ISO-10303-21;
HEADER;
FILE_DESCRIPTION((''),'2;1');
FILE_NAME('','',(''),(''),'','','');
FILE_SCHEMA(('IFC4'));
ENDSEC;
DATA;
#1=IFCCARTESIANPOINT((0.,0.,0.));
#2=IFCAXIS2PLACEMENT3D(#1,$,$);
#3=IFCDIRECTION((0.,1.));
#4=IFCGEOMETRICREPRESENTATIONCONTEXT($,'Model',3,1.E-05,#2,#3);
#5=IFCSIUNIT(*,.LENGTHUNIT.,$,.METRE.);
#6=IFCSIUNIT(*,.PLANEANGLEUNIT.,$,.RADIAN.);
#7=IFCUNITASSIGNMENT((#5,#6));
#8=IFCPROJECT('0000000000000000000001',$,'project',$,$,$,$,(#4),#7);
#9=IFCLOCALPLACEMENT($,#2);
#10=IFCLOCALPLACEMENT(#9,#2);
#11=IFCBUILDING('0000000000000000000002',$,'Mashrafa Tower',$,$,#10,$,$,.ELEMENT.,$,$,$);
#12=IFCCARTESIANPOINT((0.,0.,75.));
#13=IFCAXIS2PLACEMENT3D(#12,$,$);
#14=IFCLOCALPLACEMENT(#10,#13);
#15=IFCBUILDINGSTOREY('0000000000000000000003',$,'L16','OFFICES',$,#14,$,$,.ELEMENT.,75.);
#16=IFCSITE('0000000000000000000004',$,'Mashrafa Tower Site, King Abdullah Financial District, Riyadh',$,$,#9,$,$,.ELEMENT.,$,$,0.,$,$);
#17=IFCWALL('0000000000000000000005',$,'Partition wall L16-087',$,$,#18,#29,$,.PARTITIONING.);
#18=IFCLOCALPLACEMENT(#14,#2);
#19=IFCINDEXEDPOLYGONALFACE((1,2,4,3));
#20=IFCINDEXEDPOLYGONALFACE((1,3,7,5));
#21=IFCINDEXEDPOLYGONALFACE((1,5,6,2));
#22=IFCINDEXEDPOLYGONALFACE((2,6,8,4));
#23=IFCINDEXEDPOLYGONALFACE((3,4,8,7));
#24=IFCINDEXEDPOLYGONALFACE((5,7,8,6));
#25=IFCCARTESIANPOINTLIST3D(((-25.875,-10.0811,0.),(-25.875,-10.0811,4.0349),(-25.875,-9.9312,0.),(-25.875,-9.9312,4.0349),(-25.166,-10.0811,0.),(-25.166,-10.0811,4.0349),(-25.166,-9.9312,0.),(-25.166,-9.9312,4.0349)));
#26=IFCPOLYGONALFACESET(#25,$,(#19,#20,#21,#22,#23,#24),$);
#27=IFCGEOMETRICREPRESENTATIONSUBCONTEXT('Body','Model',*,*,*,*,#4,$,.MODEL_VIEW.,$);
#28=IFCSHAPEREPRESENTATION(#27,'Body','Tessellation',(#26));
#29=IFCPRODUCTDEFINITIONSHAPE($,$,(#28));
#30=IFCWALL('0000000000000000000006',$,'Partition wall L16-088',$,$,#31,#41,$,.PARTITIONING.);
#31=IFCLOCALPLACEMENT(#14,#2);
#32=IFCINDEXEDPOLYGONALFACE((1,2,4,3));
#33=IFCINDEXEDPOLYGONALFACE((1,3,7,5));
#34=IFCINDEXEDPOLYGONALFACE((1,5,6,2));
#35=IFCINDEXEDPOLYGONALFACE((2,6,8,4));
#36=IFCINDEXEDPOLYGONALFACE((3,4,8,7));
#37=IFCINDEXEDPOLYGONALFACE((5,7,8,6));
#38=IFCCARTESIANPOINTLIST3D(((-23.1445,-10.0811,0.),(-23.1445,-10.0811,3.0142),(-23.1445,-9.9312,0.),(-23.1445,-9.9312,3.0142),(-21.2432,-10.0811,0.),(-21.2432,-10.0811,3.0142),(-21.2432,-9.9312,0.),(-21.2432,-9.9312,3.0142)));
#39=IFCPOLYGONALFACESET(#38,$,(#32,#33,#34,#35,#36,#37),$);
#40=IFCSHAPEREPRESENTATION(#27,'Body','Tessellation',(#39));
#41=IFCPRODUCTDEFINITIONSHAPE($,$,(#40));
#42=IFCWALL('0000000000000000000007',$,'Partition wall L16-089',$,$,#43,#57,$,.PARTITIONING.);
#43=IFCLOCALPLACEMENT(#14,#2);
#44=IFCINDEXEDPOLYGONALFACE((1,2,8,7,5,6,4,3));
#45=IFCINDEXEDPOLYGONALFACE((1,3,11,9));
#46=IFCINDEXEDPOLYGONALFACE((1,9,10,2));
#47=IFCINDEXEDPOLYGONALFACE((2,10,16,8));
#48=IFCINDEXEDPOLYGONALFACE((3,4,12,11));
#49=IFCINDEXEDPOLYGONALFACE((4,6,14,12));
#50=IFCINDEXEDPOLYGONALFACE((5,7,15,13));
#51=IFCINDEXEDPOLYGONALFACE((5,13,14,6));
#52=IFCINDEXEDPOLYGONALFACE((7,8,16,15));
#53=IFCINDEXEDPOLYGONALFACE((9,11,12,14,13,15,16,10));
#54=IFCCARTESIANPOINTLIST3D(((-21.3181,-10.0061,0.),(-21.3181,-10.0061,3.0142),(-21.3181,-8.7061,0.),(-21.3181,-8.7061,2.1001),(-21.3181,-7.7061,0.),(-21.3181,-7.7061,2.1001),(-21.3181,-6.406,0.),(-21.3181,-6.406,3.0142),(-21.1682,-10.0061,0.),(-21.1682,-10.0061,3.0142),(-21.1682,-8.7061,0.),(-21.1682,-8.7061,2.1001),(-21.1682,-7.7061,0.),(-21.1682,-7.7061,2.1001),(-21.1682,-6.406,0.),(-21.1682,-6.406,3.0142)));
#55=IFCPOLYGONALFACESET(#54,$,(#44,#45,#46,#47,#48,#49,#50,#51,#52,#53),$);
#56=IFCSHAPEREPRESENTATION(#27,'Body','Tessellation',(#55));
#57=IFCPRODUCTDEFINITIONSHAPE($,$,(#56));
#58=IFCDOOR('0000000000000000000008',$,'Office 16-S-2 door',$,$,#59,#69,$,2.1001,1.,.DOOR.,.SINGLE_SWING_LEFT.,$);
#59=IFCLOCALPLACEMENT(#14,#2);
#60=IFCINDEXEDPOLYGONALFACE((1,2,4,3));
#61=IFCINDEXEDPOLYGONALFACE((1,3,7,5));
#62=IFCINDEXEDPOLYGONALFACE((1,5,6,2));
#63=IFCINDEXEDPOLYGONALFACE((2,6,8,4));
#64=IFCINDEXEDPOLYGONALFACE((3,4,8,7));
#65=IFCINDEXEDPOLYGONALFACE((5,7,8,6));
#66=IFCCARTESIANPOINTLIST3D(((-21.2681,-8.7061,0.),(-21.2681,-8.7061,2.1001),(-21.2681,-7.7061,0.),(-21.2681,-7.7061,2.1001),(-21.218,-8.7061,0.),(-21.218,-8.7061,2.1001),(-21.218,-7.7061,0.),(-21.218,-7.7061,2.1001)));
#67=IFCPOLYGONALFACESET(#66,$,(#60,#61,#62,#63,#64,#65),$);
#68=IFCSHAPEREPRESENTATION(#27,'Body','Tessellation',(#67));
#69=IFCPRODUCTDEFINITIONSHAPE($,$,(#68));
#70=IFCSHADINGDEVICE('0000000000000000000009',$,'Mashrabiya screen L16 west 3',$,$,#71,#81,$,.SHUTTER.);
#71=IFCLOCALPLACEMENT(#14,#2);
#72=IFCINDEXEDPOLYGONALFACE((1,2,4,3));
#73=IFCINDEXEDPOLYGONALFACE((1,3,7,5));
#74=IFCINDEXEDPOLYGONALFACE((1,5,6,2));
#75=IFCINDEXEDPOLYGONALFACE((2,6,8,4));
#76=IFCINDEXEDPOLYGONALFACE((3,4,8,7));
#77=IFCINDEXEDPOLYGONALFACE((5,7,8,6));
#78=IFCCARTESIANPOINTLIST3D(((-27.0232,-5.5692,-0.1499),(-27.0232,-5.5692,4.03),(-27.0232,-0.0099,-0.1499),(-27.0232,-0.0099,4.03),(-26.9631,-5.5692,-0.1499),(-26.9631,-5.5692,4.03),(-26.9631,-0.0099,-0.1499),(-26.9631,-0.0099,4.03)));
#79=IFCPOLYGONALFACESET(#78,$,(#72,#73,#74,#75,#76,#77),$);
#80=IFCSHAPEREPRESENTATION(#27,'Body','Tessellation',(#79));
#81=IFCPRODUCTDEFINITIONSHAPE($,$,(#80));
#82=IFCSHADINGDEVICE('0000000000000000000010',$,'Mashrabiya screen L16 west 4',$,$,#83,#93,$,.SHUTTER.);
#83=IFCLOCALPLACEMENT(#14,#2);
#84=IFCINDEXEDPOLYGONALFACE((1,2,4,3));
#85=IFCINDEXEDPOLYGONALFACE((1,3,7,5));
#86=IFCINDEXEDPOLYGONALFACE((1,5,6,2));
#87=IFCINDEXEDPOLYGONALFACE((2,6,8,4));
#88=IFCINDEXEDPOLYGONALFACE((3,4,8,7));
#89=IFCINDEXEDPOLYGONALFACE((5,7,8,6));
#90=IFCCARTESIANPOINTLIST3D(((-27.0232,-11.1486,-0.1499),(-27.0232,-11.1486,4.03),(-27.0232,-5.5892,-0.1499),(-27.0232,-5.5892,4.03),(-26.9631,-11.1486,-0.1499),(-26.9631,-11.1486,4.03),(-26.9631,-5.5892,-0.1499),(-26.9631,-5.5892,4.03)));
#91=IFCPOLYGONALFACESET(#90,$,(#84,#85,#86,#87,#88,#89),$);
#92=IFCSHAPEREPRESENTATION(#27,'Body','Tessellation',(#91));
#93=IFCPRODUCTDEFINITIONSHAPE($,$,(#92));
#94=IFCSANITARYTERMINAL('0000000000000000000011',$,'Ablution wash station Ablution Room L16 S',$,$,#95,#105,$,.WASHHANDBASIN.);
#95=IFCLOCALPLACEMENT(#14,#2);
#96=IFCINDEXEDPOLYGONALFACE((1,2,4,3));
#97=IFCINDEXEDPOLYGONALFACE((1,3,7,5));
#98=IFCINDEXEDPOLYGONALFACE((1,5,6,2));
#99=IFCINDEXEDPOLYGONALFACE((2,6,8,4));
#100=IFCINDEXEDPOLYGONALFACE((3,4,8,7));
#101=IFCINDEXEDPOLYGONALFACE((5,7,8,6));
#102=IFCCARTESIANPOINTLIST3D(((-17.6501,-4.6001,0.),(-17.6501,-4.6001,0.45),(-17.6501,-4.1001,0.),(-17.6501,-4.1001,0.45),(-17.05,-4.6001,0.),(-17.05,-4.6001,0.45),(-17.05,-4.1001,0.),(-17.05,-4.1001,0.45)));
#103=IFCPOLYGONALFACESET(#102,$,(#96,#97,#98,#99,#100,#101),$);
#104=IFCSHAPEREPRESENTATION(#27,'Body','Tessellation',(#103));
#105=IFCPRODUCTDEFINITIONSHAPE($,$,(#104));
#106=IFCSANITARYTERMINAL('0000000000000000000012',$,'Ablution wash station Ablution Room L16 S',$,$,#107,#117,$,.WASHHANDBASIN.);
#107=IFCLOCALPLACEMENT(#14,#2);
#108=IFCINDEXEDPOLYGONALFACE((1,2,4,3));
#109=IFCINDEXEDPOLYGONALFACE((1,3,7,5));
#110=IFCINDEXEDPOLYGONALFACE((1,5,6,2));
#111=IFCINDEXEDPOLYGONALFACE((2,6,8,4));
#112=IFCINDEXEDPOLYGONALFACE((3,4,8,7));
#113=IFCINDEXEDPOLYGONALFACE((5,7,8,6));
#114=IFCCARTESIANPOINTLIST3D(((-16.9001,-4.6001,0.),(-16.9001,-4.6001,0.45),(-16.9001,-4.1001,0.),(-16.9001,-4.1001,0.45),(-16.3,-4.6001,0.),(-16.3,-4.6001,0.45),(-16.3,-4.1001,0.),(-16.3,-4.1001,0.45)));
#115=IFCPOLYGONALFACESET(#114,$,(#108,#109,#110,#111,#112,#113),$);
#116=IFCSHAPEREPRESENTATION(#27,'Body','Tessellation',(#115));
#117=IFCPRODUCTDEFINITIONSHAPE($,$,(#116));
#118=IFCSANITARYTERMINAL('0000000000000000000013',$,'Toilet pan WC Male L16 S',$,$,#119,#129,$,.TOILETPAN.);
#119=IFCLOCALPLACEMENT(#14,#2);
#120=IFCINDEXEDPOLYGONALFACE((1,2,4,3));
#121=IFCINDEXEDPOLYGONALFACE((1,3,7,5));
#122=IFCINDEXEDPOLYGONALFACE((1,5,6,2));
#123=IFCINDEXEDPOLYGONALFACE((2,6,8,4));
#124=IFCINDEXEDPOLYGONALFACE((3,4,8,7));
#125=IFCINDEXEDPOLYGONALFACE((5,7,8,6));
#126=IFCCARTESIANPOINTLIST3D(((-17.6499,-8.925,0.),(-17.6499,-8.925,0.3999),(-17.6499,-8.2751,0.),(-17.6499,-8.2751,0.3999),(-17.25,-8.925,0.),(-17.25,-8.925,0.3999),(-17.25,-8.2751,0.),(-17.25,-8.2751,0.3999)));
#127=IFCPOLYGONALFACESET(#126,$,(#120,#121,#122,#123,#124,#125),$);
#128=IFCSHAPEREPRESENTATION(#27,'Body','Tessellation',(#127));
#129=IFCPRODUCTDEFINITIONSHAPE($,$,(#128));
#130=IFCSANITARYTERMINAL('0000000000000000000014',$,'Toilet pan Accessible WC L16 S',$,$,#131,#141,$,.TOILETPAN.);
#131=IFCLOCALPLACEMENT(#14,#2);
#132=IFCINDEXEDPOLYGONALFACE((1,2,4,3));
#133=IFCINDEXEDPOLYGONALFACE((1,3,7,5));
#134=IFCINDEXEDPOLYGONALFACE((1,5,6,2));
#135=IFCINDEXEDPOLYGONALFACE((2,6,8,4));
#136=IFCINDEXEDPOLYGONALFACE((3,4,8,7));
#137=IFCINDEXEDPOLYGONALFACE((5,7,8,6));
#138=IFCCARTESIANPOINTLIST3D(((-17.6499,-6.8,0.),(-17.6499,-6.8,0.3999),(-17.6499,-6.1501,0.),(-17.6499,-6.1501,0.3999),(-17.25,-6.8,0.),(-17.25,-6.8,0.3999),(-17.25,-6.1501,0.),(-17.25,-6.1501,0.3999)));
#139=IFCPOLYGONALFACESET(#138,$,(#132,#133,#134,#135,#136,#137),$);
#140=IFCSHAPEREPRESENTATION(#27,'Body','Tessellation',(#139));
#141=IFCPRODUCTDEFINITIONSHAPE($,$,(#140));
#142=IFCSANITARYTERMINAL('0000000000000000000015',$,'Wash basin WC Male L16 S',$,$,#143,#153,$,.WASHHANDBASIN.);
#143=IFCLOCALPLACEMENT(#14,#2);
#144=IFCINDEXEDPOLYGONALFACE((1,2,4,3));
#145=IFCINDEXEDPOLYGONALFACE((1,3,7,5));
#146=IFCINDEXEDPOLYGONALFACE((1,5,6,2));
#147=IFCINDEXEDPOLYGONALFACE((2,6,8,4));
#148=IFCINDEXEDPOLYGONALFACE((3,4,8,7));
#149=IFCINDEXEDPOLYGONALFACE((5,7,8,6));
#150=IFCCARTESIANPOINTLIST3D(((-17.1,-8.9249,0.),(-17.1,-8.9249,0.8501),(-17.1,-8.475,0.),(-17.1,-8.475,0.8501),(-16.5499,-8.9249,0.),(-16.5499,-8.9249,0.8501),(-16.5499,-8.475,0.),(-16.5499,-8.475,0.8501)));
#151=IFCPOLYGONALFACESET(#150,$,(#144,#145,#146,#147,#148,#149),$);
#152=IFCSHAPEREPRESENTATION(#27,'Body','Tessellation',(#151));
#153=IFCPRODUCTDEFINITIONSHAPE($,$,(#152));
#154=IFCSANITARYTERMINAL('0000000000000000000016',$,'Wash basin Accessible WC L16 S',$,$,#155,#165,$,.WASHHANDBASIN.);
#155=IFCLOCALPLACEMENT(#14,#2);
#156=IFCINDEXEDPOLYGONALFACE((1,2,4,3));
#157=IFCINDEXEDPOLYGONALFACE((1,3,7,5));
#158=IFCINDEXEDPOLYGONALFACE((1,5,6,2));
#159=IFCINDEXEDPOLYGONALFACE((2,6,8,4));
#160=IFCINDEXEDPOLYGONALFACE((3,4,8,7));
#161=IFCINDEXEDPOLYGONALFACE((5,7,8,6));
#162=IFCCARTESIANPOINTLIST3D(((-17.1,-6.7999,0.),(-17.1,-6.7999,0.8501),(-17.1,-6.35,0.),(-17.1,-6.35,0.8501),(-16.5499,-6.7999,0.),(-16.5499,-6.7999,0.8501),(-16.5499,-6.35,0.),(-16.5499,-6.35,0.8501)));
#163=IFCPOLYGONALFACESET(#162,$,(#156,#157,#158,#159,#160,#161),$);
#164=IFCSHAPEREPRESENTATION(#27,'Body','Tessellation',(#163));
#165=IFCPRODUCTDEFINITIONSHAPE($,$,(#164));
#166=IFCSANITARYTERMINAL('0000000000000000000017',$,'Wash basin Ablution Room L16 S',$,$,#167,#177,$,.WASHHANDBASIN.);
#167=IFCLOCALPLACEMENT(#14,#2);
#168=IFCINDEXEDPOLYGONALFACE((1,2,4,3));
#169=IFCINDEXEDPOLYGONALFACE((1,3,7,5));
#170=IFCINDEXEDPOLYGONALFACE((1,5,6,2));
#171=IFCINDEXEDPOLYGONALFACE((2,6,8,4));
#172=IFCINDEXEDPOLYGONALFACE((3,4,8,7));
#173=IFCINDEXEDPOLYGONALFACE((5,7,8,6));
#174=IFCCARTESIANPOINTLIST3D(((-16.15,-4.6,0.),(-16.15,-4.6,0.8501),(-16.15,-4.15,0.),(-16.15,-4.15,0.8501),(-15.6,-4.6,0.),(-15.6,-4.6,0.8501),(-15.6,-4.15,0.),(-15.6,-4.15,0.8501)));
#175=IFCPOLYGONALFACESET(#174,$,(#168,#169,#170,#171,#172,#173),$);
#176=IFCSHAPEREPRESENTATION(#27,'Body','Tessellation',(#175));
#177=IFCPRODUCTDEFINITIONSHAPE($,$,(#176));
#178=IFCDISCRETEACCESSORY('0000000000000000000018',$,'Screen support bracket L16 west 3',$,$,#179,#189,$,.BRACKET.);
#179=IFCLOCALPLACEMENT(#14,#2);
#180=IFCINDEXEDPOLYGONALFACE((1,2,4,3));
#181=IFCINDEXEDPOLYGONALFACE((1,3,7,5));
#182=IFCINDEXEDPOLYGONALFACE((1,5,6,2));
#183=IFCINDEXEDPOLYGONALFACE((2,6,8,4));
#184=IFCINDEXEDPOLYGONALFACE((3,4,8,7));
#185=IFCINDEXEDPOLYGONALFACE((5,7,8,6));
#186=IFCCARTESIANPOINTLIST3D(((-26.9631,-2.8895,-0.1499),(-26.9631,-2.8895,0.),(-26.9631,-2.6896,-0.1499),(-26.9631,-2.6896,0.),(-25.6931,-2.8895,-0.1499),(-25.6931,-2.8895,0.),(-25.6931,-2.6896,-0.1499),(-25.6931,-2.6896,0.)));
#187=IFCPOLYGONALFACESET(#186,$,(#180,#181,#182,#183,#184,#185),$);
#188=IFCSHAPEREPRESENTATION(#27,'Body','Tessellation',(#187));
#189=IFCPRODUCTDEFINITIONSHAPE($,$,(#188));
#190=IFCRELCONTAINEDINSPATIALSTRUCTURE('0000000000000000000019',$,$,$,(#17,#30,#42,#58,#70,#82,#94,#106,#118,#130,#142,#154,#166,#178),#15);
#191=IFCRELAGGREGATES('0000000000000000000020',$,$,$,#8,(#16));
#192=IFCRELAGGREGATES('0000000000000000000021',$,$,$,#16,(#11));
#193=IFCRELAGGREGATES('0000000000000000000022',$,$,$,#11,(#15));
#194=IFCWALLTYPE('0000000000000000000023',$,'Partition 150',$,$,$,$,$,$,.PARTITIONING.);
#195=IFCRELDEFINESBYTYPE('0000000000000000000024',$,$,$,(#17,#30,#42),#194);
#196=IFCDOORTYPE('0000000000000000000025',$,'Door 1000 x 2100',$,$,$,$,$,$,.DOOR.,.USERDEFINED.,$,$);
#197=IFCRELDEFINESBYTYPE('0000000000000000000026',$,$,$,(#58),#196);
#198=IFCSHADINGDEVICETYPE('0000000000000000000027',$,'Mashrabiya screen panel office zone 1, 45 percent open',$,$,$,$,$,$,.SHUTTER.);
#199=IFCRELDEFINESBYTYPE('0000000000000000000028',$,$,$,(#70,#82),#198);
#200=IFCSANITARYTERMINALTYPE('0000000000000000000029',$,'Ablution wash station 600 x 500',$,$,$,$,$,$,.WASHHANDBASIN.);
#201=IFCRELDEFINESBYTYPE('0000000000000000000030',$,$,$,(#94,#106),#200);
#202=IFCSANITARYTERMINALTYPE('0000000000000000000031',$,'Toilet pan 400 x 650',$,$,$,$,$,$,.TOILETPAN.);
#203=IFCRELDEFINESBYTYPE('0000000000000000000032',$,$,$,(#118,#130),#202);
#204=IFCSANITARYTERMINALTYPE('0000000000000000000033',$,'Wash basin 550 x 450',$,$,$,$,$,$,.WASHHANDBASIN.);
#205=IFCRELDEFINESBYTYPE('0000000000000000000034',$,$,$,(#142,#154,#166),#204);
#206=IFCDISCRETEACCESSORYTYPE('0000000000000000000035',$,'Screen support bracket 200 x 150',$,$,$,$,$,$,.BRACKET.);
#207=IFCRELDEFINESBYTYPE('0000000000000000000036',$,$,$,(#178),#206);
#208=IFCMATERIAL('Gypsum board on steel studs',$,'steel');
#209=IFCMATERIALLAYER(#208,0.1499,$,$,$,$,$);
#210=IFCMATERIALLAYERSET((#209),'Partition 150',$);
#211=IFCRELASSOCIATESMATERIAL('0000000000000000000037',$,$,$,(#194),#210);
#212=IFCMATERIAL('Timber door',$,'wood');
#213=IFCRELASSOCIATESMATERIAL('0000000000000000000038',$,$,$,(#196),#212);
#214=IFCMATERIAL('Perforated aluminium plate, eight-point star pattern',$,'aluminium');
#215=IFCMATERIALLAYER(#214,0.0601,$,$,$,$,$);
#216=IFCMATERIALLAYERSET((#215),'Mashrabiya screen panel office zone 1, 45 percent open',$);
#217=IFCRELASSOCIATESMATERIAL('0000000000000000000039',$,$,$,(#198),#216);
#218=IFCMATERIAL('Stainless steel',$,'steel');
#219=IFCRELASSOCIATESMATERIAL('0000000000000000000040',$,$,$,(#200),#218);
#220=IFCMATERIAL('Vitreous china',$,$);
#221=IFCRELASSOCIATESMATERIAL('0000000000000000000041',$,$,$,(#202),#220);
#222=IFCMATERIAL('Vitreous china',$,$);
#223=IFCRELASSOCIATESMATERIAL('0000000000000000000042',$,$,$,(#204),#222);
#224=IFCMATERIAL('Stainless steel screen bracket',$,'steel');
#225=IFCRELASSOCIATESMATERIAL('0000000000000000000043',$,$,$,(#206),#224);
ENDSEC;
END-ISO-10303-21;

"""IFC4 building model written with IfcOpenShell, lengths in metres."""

from ifc_helpers import new_model, si_unit, direction, frame, frame_2d, origin, origin_2d, place, context, subcontext, project, spatial, rectangle, extrude, source, transform, mapped, material, layer, layer_set, type_object, type_shapes, element, fill, save


model = new_model("IFC4")

# Units and contexts
model_context = context("Model", 3, precision=1e-05, world=origin(), true_north=direction((0.0, 1.0)))
body_context = subcontext(model_context, "Body", "Model", "MODEL_VIEW")
ifc_project = project(units=[si_unit("LENGTHUNIT", "METRE"), si_unit("PLANEANGLEUNIT", "RADIAN")], contexts=[model_context])

# Site, building, storey
site_placement = place(None, origin())
site = spatial("IfcSite", under=ifc_project, at=site_placement, Name="Mashrafa Tower Site, King Abdullah Financial District, Riyadh", CompositionType="ELEMENT", RefElevation=0.0)
building_placement = place(site_placement, origin())
building = spatial("IfcBuilding", under=site, at=building_placement, Name="Mashrafa Tower", CompositionType="ELEMENT")
storey_placement = place(building_placement, frame((0.0, 0.0, 75.0)))
storey = spatial("IfcBuildingStorey", under=building, at=storey_placement, Name="L16", Description="OFFICES", CompositionType="ELEMENT", Elevation=75.0)

# Shared definitions
ifc_material_1 = material(Name="Gypsum board on steel studs", Category="steel")
ifc_layer_1 = layer(ifc_material_1, 0.1499)
ifc_layer_set_1 = layer_set([ifc_layer_1], Name="Partition 150")
wall_type = type_object("IfcWallType", Name="Partition 150", PredefinedType="PARTITIONING", material=ifc_layer_set_1)

# Shared definitions
ifc_material_2 = material(Name="Timber door", Category="wood")
door_type = type_object("IfcDoorType", Name="Door 1000 x 2100", OperationType="USERDEFINED", PredefinedType="DOOR", material=ifc_material_2)

# Walls
wall_1_placement = place(storey_placement, frame((-25.875, -10.0061, 0.0), z_axis=(0.0, 0.0, 1.0), x_axis=(1.0, 0.0, 0.0)))
element("IfcWall", 1, at=wall_1_placement, inside=storey, type_object=wall_type, Name="Partition wall L16-087", PredefinedType="PARTITIONING", context=body_context, shape_type="SweptSolid", body=[
    extrude(rectangle(XDim=0.709, YDim=0.1499, at=frame_2d((0.3545, 0.0))), origin(), (0.0, 0.0, 1.0), 4.0349),
])
wall_2_placement = place(storey_placement, frame((-23.1445, -10.0061, 0.0), z_axis=(0.0, 0.0, 1.0), x_axis=(1.0, 0.0, 0.0)))
element("IfcWall", 2, at=wall_2_placement, inside=storey, type_object=wall_type, Name="Partition wall L16-088", PredefinedType="PARTITIONING", context=body_context, shape_type="SweptSolid", body=[
    extrude(rectangle(XDim=1.9014, YDim=0.1499, at=frame_2d((0.9507, 0.0))), origin(), (0.0, 0.0, 1.0), 3.0142),
])

# Wall, opening, door
wall_3_placement = place(storey_placement, frame((-21.2432, -10.0061, 0.0), z_axis=(0.0, 0.0, 1.0), x_axis=(0.0, 1.0, 0.0)))
wall_3 = element("IfcWall", 3, at=wall_3_placement, inside=storey, type_object=wall_type, Name="Partition wall L16-089", PredefinedType="PARTITIONING", context=body_context, shape_type="SweptSolid", body=[
    extrude(rectangle(XDim=3.6001, YDim=0.1499, at=frame_2d((1.8, 0.0))), origin(), (0.0, 0.0, 1.0), 3.0142),
])
opening_1_placement = place(wall_3_placement, frame((1.3, 0.0, 0.0)))
opening_1 = element("IfcOpeningElement", 4, at=opening_1_placement, cuts=wall_3, PredefinedType="OPENING", context=body_context, shape_type="SweptSolid", body=[
    extrude(rectangle(XDim=1.0, YDim=2.1001, at=frame_2d((0.5, 1.05))), frame((0.0, 0.085, 0.0), z_axis=(0.0, -1.0, 0.0), x_axis=(1.0, 0.0, 0.0)), (0.0, 0.0, 1.0), 0.1699),
])
door_1_placement = place(opening_1_placement, origin())
door_1 = element("IfcDoor", 5, at=door_1_placement, inside=storey, type_object=door_type, Name="Office 16-S-2 door", OperationType="SINGLE_SWING_LEFT", OverallHeight=2.1001, OverallWidth=1.0, PredefinedType="DOOR", context=body_context, shape_type="SweptSolid", body=[
    extrude(rectangle(XDim=1.0, YDim=2.1001, at=frame_2d((0.5, 1.05))), frame((0.0, 0.0249, 0.0), z_axis=(0.0, -1.0, 0.0), x_axis=(1.0, 0.0, 0.0)), (0.0, 0.0, 1.0), 0.05),
])
fill(opening_1, door_1)

# Shading devices
ifc_material_3 = material(Name="Perforated aluminium plate, eight-point star pattern", Category="aluminium")
ifc_layer_2 = layer(ifc_material_3, 0.0601)
ifc_layer_set_2 = layer_set([ifc_layer_2], Name="Mashrabiya screen panel office zone 1, 45 percent open")
shading_device_type = type_object("IfcShadingDeviceType", Name="Mashrabiya screen panel office zone 1, 45 percent open", PredefinedType="SHUTTER", material=ifc_layer_set_2)
shared_shape_1 = source(origin(), body_context, "Body", "SweptSolid", [
    extrude(rectangle(XDim=5.5593, YDim=0.0601, at=origin_2d()), origin(), (0.0, 0.0, 1.0), 4.1799),
])
type_shapes(shading_device_type, [shared_shape_1])
for number, where, z_axis, x_axis, name in (
    (6, (-26.9932, -2.7896, -0.1499), (0.0, 0.0, 1.0), (0.0, -1.0, 0.0), "Mashrabiya screen L16 west 3"),
    (7, (-26.9932, -8.3689, -0.1499), (0.0, 0.0, 1.0), (0.0, -1.0, 0.0), "Mashrabiya screen L16 west 4"),
):
    element("IfcShadingDevice", number, at=place(storey_placement, frame(where, z_axis=z_axis, x_axis=x_axis)), inside=storey, type_object=shading_device_type, Name=name, PredefinedType="SHUTTER", context=body_context, shape_type="MappedRepresentation", body=[
        mapped(shared_shape_1, transform((0.0, 0.0, 0.0))),
    ])

# Sanitary terminals
ifc_material_4 = material(Name="Stainless steel", Category="steel")
sanitary_terminal_type_1 = type_object("IfcSanitaryTerminalType", Name="Ablution wash station 600 x 500", PredefinedType="WASHHANDBASIN", material=ifc_material_4)
for number, where, z_axis, x_axis, name in (
    (8, (-17.3501, -4.3501, 0.0), (0.0, 0.0, 1.0), (1.0, 0.0, 0.0), "Ablution wash station Ablution Room L16 S"),
    (9, (-16.6001, -4.3501, 0.0), (0.0, 0.0, 1.0), (1.0, 0.0, 0.0), "Ablution wash station Ablution Room L16 S"),
):
    element("IfcSanitaryTerminal", number, at=place(storey_placement, frame(where, z_axis=z_axis, x_axis=x_axis)), inside=storey, type_object=sanitary_terminal_type_1, Name=name, PredefinedType="WASHHANDBASIN", context=body_context, shape_type="SweptSolid", body=[
        extrude(rectangle(XDim=0.6001, YDim=0.5, at=origin_2d()), origin(), (0.0, 0.0, 1.0), 0.45),
    ])
ifc_material_5 = material(Name="Vitreous china")
sanitary_terminal_type_2 = type_object("IfcSanitaryTerminalType", Name="Toilet pan 400 x 650", PredefinedType="TOILETPAN", material=ifc_material_5)
for number, where, z_axis, x_axis, name in (
    (10, (-17.45, -8.6001, 0.0), (0.0, 0.0, 1.0), (1.0, 0.0, 0.0), "Toilet pan WC Male L16 S"),
    (11, (-17.45, -6.4751, 0.0), (0.0, 0.0, 1.0), (1.0, 0.0, 0.0), "Toilet pan Accessible WC L16 S"),
):
    element("IfcSanitaryTerminal", number, at=place(storey_placement, frame(where, z_axis=z_axis, x_axis=x_axis)), inside=storey, type_object=sanitary_terminal_type_2, Name=name, PredefinedType="TOILETPAN", context=body_context, shape_type="SweptSolid", body=[
        extrude(rectangle(XDim=0.3999, YDim=0.6499, at=origin_2d()), origin(), (0.0, 0.0, 1.0), 0.3999),
    ])
ifc_material_6 = material(Name="Vitreous china")
sanitary_terminal_type_3 = type_object("IfcSanitaryTerminalType", Name="Wash basin 550 x 450", PredefinedType="WASHHANDBASIN", material=ifc_material_6)
for number, where, z_axis, x_axis, name in (
    (12, (-16.825, -8.7, 0.0), (0.0, 0.0, 1.0), (1.0, 0.0, 0.0), "Wash basin WC Male L16 S"),
    (13, (-16.825, -6.575, 0.0), (0.0, 0.0, 1.0), (1.0, 0.0, 0.0), "Wash basin Accessible WC L16 S"),
    (14, (-15.875, -4.375, 0.0), (0.0, 0.0, 1.0), (1.0, 0.0, 0.0), "Wash basin Ablution Room L16 S"),
):
    element("IfcSanitaryTerminal", number, at=place(storey_placement, frame(where, z_axis=z_axis, x_axis=x_axis)), inside=storey, type_object=sanitary_terminal_type_3, Name=name, PredefinedType="WASHHANDBASIN", context=body_context, shape_type="SweptSolid", body=[
        extrude(rectangle(XDim=0.55, YDim=0.45, at=origin_2d()), origin(), (0.0, 0.0, 1.0), 0.8501),
    ])

# Discrete accessory
ifc_material_7 = material(Name="Stainless steel screen bracket", Category="steel")
discrete_accessory_type = type_object("IfcDiscreteAccessoryType", Name="Screen support bracket 200 x 150", PredefinedType="BRACKET", material=ifc_material_7)
shared_shape_2 = source(origin(), body_context, "Body", "SweptSolid", [
    extrude(rectangle(XDim=0.2, YDim=1.27, at=origin_2d()), origin(), (0.0, 0.0, 1.0), 0.1499),
])
type_shapes(discrete_accessory_type, [shared_shape_2])
for number, where, z_axis, x_axis, name in (
    (15, (-26.3281, -2.7896, -0.1499), (0.0, 0.0, 1.0), (0.0, -1.0, 0.0), "Screen support bracket L16 west 3"),
):
    element("IfcDiscreteAccessory", number, at=place(storey_placement, frame(where, z_axis=z_axis, x_axis=x_axis)), inside=storey, type_object=discrete_accessory_type, Name=name, PredefinedType="BRACKET", context=body_context, shape_type="MappedRepresentation", body=[
        mapped(shared_shape_2, transform((0.0, 0.0, 0.0))),
    ])

save(model, "model.ifc")
